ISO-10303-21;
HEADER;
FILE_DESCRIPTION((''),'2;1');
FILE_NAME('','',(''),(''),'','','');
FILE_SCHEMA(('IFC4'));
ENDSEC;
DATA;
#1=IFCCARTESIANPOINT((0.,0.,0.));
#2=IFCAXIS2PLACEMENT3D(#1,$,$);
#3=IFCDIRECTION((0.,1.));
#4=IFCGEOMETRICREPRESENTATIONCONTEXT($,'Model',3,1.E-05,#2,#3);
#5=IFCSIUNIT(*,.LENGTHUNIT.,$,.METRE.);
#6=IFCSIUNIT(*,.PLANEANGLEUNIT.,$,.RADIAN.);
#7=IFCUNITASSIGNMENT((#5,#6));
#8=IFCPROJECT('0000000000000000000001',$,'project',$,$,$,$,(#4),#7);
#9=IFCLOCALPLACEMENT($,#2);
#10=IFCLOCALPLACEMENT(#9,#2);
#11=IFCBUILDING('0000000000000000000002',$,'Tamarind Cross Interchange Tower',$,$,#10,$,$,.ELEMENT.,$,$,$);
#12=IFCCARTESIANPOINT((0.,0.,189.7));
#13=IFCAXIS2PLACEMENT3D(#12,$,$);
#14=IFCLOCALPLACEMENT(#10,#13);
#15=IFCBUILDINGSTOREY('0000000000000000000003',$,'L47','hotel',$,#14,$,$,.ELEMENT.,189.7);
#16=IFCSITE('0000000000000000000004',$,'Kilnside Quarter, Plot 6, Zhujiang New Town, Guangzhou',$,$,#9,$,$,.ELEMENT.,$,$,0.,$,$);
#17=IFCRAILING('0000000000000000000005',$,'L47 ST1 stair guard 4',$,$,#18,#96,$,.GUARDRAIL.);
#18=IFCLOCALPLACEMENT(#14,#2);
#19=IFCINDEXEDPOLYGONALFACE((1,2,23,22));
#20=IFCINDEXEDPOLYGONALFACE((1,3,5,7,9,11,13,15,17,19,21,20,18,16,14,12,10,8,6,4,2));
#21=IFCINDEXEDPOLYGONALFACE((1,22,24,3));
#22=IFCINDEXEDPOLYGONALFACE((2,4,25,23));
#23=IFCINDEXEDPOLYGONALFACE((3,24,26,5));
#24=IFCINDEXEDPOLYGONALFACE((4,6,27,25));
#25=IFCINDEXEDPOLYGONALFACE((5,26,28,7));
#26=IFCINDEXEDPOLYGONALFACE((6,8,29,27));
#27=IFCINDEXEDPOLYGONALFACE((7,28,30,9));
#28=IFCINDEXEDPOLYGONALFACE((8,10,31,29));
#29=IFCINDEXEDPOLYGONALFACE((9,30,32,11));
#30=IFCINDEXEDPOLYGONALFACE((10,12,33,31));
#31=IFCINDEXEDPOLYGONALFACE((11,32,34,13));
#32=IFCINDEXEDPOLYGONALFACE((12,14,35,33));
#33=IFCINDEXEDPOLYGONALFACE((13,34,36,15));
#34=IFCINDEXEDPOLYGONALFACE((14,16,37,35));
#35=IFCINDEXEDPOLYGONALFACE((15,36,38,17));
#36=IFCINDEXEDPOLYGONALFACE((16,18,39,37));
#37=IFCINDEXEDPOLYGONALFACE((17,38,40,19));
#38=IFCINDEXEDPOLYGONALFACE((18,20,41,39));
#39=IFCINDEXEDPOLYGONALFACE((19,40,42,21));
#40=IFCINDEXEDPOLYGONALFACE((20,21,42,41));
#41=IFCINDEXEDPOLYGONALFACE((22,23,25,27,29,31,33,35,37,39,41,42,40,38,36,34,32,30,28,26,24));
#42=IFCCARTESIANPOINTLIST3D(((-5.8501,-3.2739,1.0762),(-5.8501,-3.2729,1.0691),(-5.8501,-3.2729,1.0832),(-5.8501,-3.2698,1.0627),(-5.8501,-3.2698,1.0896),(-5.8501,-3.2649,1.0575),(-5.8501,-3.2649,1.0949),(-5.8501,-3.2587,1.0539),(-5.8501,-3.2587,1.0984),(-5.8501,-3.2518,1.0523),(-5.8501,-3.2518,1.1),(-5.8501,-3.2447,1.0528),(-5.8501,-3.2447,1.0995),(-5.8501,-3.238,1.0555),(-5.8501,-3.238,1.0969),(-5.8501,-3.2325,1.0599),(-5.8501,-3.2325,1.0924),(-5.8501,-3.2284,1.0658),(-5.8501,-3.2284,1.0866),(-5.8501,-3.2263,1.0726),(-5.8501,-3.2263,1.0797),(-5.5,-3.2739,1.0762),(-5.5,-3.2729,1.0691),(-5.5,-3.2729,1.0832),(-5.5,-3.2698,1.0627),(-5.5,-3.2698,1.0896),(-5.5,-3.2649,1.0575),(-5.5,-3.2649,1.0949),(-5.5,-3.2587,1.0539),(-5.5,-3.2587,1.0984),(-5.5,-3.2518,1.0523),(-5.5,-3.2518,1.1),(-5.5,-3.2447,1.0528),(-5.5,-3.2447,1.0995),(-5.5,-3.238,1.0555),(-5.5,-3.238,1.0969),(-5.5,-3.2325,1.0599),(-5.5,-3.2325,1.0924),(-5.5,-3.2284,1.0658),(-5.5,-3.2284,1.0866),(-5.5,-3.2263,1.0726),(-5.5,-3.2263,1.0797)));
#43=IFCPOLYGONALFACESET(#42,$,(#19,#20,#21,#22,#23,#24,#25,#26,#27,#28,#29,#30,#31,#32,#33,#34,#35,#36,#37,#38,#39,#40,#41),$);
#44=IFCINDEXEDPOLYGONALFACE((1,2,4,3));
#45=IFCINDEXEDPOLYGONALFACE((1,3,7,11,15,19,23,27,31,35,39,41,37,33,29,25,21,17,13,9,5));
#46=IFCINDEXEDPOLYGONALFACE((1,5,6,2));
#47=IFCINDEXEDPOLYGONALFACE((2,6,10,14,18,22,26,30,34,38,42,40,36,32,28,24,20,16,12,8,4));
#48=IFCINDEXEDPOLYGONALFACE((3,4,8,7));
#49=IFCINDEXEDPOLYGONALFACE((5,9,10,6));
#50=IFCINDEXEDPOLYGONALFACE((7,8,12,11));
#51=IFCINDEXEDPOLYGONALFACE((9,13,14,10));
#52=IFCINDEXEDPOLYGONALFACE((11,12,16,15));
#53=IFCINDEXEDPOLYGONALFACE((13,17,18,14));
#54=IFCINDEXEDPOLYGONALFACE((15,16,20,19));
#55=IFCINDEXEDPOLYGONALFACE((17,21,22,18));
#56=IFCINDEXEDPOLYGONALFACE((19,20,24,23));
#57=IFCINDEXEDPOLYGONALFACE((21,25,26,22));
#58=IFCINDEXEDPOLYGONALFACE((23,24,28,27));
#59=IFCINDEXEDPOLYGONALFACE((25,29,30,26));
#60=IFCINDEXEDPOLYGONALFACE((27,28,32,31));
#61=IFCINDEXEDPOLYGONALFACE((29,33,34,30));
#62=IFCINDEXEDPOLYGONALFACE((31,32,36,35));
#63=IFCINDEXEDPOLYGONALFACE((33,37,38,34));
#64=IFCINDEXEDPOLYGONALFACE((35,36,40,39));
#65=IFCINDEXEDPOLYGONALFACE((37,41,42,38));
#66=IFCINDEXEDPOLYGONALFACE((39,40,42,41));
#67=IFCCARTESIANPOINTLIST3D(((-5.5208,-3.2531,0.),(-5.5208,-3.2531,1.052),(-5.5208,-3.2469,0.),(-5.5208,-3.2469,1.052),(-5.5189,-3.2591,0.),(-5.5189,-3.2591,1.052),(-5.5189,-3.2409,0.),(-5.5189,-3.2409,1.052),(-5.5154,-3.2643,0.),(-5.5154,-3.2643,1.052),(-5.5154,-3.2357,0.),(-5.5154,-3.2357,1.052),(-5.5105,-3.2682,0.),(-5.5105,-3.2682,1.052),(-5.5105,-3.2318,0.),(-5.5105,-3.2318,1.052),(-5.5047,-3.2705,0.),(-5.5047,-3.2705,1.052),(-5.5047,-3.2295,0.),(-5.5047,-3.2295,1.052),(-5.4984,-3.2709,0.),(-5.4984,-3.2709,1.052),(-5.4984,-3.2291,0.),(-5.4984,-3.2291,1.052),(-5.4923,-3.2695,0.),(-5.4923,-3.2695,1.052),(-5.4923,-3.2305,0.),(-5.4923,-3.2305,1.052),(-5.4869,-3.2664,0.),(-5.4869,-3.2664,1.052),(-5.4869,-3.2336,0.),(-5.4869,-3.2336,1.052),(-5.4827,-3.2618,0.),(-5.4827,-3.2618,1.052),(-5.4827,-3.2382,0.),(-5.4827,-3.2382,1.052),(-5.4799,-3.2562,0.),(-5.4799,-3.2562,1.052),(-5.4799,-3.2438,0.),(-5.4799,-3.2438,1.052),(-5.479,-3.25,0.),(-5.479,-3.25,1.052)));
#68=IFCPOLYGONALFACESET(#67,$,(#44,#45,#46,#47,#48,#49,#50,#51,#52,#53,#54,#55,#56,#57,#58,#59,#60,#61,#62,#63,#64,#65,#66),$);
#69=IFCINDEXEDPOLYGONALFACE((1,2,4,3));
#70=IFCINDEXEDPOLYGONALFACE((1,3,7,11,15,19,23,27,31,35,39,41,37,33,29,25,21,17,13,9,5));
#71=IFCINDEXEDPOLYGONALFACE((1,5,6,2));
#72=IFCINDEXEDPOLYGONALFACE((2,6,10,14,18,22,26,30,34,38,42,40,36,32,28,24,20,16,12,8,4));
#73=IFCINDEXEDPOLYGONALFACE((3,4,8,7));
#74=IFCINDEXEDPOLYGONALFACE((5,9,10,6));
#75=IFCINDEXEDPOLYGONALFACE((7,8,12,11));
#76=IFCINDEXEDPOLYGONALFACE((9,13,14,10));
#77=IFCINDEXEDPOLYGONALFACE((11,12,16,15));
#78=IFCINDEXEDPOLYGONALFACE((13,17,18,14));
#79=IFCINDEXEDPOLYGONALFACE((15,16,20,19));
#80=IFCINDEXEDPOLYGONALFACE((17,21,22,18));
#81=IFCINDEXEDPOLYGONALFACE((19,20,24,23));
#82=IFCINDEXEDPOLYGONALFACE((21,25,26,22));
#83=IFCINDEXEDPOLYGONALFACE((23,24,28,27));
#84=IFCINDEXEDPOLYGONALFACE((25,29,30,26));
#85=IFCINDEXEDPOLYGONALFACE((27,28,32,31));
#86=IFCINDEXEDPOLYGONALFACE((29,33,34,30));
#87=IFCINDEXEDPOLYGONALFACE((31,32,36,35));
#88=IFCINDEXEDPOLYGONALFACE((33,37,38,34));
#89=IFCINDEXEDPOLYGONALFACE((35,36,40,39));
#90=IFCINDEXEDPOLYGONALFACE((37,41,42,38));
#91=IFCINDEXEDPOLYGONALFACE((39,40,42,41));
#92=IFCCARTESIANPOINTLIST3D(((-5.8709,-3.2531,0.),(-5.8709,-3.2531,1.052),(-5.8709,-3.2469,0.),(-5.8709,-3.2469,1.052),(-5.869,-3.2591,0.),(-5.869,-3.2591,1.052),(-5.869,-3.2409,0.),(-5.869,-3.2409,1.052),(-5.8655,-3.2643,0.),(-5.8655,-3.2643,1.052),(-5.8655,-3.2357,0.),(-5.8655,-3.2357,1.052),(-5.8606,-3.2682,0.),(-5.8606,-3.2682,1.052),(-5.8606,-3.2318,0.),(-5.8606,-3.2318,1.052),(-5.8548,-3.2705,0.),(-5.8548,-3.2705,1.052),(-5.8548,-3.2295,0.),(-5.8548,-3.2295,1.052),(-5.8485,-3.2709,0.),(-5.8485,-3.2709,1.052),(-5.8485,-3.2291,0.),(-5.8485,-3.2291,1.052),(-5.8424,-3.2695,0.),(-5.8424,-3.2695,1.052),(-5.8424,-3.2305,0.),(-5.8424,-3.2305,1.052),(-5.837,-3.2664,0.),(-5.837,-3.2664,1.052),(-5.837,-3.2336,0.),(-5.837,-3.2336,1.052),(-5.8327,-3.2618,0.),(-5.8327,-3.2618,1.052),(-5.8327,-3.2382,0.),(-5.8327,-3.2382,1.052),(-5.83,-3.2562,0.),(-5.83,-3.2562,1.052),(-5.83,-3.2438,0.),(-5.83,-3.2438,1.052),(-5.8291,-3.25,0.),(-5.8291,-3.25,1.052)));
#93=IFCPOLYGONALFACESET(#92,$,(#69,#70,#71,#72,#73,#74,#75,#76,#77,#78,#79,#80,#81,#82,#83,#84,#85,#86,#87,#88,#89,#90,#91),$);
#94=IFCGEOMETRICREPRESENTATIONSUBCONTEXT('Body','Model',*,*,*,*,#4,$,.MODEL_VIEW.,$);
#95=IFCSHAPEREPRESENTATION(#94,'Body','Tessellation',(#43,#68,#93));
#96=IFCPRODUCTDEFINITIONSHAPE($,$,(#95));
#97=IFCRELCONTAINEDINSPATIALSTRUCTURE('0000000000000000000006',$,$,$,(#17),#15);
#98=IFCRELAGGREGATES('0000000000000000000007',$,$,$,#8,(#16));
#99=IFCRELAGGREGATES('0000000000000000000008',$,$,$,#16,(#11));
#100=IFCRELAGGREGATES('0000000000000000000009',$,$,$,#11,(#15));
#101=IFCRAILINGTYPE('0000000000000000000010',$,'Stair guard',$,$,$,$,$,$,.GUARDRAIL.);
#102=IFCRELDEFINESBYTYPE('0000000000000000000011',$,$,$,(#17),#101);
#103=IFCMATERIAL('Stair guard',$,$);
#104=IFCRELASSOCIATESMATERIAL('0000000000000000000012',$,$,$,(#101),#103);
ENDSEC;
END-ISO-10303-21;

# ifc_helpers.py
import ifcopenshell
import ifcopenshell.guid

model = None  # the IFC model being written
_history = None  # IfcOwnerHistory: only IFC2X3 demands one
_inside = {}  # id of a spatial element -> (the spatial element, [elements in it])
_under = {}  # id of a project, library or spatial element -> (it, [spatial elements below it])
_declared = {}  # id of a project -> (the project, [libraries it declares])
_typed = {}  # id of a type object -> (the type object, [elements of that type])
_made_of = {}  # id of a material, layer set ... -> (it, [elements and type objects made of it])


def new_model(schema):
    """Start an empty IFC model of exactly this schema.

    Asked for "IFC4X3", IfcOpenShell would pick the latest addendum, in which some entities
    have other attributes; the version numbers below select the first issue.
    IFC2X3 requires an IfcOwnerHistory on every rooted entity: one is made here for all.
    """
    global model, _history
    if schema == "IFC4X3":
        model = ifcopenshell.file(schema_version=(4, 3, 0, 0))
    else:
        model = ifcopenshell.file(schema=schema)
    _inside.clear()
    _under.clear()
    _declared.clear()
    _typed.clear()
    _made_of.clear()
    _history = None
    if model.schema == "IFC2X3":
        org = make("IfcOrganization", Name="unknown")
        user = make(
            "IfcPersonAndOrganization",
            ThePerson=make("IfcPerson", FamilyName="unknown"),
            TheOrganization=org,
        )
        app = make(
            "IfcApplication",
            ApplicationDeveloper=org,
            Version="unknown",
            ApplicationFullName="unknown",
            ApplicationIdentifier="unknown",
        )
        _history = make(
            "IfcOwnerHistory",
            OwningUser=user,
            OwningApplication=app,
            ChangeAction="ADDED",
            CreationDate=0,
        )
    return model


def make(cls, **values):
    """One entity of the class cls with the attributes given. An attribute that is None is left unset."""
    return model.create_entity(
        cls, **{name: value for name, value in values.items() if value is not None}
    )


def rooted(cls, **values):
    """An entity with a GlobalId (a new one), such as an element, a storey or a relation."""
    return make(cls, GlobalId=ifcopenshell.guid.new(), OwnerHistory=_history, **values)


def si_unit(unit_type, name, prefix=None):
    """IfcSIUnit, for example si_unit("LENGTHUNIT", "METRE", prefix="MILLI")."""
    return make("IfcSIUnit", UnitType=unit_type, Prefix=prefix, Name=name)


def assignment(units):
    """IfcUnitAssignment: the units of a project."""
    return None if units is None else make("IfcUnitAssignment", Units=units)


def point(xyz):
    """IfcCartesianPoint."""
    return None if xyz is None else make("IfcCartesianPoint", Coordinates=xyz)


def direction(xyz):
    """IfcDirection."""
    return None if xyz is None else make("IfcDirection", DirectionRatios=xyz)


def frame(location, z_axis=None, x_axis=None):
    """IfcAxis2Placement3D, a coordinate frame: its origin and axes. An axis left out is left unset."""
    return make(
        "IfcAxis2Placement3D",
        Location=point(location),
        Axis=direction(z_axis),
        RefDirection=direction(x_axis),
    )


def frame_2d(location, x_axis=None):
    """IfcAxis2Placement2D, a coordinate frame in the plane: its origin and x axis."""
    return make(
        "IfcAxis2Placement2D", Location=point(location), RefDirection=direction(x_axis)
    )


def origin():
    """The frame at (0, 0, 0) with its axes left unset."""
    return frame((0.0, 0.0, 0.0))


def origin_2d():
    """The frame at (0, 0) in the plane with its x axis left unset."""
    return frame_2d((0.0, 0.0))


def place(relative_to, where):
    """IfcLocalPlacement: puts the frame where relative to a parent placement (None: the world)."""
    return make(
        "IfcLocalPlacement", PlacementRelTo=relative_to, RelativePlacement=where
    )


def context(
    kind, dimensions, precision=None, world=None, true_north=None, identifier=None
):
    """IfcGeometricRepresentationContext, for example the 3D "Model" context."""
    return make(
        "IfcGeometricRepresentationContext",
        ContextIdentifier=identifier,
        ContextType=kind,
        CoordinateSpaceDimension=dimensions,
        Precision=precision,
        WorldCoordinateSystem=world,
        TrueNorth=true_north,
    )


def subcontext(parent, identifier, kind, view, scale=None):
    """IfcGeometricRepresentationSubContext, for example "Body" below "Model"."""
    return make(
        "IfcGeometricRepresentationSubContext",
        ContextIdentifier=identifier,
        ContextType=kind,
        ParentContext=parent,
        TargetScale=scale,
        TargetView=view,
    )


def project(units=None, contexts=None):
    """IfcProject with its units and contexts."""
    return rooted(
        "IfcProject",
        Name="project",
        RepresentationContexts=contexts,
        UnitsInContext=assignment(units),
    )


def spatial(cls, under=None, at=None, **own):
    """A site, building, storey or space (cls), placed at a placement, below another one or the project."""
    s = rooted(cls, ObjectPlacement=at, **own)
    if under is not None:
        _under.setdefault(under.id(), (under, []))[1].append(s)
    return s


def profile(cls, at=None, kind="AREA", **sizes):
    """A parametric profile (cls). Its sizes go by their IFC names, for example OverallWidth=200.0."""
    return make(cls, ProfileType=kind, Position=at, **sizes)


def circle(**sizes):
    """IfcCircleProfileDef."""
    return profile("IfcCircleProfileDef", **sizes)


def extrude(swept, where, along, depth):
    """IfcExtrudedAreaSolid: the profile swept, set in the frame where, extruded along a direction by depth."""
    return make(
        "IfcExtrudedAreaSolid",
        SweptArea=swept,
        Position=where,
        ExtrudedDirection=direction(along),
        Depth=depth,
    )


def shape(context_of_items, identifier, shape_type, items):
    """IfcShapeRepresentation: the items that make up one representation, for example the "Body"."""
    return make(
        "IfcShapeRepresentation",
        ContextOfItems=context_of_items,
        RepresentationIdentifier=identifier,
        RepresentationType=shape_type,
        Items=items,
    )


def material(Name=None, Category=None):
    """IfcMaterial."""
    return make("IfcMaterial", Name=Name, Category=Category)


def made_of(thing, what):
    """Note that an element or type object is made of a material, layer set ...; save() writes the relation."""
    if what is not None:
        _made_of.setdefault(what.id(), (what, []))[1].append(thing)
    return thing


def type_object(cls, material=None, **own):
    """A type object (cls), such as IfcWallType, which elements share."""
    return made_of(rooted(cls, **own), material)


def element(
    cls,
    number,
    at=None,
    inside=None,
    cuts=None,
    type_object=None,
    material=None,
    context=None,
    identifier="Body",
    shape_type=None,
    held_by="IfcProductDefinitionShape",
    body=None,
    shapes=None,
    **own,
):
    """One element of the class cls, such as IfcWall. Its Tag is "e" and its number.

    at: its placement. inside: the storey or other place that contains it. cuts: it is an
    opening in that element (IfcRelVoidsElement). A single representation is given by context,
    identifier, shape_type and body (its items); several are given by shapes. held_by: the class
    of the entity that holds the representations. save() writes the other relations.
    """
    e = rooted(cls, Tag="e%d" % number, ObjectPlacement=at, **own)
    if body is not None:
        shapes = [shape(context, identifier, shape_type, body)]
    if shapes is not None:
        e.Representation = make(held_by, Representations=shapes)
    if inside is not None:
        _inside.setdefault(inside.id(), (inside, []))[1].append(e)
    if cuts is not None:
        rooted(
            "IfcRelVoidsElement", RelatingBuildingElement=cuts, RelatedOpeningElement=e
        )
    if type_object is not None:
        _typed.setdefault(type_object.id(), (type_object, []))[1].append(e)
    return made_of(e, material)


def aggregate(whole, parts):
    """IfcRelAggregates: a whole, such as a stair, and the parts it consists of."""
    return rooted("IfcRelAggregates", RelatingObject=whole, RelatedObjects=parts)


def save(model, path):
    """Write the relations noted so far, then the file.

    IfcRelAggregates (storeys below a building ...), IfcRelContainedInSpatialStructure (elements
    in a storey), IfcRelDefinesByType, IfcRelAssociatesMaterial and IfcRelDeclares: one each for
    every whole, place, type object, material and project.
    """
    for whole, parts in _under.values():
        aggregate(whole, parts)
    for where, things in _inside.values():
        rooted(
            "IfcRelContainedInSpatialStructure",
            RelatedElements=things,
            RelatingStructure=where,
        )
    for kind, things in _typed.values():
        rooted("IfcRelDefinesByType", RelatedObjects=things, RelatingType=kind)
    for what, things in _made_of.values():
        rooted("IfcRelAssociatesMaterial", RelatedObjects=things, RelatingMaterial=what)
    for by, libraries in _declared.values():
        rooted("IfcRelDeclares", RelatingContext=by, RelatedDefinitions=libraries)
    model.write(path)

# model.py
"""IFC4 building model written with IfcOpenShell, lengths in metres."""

from ifc_helpers import new_model, si_unit, direction, frame, origin, origin_2d, place, context, subcontext, project, spatial, circle, extrude, material, type_object, element, save


model = new_model("IFC4")

# Units and contexts
model_context = context("Model", 3, precision=1e-05, world=origin(), true_north=direction((0.0, 1.0)))
body_context = subcontext(model_context, "Body", "Model", "MODEL_VIEW")
ifc_project = project(units=[si_unit("LENGTHUNIT", "METRE"), si_unit("PLANEANGLEUNIT", "RADIAN")], contexts=[model_context])

# Site, building, storey
site_placement = place(None, origin())
site = spatial("IfcSite", under=ifc_project, at=site_placement, Name="Kilnside Quarter, Plot 6, Zhujiang New Town, Guangzhou", CompositionType="ELEMENT", RefElevation=0.0)
building_placement = place(site_placement, origin())
building = spatial("IfcBuilding", under=site, at=building_placement, Name="Tamarind Cross Interchange Tower", CompositionType="ELEMENT")
storey_placement = place(building_placement, frame((0.0, 0.0, 189.7)))
storey = spatial("IfcBuildingStorey", under=building, at=storey_placement, Name="L47", Description="hotel", CompositionType="ELEMENT", Elevation=189.7)

# Railing
ifc_material_1 = material(Name="Stair guard")
railing_type_1 = type_object("IfcRailingType", Name="Stair guard", PredefinedType="GUARDRAIL", material=ifc_material_1)
railing_1_placement = place(storey_placement, frame((-5.5, -3.25, 0.0)))
element("IfcRailing", 1, at=railing_1_placement, inside=storey, type_object=railing_type_1, Name="L47 ST1 stair guard 4", PredefinedType="GUARDRAIL", context=body_context, shape_type="SweptSolid", body=[
    extrude(circle(Radius=0.0239, at=origin_2d()), frame((0.0, 0.0, 1.0762), z_axis=(-1.0, 0.0, 0.0), x_axis=(0.0, -1.0, 0.0)), (0.0, 0.0, 1.0), 0.3501),
    extrude(circle(Radius=0.021, at=origin_2d()), origin(), (0.0, 0.0, 1.0), 1.052),
    extrude(circle(Radius=0.021, at=origin_2d()), frame((-0.3501, 0.0, 0.0)), (0.0, 0.0, 1.0), 1.052),
])

save(model, "model.ifc")
